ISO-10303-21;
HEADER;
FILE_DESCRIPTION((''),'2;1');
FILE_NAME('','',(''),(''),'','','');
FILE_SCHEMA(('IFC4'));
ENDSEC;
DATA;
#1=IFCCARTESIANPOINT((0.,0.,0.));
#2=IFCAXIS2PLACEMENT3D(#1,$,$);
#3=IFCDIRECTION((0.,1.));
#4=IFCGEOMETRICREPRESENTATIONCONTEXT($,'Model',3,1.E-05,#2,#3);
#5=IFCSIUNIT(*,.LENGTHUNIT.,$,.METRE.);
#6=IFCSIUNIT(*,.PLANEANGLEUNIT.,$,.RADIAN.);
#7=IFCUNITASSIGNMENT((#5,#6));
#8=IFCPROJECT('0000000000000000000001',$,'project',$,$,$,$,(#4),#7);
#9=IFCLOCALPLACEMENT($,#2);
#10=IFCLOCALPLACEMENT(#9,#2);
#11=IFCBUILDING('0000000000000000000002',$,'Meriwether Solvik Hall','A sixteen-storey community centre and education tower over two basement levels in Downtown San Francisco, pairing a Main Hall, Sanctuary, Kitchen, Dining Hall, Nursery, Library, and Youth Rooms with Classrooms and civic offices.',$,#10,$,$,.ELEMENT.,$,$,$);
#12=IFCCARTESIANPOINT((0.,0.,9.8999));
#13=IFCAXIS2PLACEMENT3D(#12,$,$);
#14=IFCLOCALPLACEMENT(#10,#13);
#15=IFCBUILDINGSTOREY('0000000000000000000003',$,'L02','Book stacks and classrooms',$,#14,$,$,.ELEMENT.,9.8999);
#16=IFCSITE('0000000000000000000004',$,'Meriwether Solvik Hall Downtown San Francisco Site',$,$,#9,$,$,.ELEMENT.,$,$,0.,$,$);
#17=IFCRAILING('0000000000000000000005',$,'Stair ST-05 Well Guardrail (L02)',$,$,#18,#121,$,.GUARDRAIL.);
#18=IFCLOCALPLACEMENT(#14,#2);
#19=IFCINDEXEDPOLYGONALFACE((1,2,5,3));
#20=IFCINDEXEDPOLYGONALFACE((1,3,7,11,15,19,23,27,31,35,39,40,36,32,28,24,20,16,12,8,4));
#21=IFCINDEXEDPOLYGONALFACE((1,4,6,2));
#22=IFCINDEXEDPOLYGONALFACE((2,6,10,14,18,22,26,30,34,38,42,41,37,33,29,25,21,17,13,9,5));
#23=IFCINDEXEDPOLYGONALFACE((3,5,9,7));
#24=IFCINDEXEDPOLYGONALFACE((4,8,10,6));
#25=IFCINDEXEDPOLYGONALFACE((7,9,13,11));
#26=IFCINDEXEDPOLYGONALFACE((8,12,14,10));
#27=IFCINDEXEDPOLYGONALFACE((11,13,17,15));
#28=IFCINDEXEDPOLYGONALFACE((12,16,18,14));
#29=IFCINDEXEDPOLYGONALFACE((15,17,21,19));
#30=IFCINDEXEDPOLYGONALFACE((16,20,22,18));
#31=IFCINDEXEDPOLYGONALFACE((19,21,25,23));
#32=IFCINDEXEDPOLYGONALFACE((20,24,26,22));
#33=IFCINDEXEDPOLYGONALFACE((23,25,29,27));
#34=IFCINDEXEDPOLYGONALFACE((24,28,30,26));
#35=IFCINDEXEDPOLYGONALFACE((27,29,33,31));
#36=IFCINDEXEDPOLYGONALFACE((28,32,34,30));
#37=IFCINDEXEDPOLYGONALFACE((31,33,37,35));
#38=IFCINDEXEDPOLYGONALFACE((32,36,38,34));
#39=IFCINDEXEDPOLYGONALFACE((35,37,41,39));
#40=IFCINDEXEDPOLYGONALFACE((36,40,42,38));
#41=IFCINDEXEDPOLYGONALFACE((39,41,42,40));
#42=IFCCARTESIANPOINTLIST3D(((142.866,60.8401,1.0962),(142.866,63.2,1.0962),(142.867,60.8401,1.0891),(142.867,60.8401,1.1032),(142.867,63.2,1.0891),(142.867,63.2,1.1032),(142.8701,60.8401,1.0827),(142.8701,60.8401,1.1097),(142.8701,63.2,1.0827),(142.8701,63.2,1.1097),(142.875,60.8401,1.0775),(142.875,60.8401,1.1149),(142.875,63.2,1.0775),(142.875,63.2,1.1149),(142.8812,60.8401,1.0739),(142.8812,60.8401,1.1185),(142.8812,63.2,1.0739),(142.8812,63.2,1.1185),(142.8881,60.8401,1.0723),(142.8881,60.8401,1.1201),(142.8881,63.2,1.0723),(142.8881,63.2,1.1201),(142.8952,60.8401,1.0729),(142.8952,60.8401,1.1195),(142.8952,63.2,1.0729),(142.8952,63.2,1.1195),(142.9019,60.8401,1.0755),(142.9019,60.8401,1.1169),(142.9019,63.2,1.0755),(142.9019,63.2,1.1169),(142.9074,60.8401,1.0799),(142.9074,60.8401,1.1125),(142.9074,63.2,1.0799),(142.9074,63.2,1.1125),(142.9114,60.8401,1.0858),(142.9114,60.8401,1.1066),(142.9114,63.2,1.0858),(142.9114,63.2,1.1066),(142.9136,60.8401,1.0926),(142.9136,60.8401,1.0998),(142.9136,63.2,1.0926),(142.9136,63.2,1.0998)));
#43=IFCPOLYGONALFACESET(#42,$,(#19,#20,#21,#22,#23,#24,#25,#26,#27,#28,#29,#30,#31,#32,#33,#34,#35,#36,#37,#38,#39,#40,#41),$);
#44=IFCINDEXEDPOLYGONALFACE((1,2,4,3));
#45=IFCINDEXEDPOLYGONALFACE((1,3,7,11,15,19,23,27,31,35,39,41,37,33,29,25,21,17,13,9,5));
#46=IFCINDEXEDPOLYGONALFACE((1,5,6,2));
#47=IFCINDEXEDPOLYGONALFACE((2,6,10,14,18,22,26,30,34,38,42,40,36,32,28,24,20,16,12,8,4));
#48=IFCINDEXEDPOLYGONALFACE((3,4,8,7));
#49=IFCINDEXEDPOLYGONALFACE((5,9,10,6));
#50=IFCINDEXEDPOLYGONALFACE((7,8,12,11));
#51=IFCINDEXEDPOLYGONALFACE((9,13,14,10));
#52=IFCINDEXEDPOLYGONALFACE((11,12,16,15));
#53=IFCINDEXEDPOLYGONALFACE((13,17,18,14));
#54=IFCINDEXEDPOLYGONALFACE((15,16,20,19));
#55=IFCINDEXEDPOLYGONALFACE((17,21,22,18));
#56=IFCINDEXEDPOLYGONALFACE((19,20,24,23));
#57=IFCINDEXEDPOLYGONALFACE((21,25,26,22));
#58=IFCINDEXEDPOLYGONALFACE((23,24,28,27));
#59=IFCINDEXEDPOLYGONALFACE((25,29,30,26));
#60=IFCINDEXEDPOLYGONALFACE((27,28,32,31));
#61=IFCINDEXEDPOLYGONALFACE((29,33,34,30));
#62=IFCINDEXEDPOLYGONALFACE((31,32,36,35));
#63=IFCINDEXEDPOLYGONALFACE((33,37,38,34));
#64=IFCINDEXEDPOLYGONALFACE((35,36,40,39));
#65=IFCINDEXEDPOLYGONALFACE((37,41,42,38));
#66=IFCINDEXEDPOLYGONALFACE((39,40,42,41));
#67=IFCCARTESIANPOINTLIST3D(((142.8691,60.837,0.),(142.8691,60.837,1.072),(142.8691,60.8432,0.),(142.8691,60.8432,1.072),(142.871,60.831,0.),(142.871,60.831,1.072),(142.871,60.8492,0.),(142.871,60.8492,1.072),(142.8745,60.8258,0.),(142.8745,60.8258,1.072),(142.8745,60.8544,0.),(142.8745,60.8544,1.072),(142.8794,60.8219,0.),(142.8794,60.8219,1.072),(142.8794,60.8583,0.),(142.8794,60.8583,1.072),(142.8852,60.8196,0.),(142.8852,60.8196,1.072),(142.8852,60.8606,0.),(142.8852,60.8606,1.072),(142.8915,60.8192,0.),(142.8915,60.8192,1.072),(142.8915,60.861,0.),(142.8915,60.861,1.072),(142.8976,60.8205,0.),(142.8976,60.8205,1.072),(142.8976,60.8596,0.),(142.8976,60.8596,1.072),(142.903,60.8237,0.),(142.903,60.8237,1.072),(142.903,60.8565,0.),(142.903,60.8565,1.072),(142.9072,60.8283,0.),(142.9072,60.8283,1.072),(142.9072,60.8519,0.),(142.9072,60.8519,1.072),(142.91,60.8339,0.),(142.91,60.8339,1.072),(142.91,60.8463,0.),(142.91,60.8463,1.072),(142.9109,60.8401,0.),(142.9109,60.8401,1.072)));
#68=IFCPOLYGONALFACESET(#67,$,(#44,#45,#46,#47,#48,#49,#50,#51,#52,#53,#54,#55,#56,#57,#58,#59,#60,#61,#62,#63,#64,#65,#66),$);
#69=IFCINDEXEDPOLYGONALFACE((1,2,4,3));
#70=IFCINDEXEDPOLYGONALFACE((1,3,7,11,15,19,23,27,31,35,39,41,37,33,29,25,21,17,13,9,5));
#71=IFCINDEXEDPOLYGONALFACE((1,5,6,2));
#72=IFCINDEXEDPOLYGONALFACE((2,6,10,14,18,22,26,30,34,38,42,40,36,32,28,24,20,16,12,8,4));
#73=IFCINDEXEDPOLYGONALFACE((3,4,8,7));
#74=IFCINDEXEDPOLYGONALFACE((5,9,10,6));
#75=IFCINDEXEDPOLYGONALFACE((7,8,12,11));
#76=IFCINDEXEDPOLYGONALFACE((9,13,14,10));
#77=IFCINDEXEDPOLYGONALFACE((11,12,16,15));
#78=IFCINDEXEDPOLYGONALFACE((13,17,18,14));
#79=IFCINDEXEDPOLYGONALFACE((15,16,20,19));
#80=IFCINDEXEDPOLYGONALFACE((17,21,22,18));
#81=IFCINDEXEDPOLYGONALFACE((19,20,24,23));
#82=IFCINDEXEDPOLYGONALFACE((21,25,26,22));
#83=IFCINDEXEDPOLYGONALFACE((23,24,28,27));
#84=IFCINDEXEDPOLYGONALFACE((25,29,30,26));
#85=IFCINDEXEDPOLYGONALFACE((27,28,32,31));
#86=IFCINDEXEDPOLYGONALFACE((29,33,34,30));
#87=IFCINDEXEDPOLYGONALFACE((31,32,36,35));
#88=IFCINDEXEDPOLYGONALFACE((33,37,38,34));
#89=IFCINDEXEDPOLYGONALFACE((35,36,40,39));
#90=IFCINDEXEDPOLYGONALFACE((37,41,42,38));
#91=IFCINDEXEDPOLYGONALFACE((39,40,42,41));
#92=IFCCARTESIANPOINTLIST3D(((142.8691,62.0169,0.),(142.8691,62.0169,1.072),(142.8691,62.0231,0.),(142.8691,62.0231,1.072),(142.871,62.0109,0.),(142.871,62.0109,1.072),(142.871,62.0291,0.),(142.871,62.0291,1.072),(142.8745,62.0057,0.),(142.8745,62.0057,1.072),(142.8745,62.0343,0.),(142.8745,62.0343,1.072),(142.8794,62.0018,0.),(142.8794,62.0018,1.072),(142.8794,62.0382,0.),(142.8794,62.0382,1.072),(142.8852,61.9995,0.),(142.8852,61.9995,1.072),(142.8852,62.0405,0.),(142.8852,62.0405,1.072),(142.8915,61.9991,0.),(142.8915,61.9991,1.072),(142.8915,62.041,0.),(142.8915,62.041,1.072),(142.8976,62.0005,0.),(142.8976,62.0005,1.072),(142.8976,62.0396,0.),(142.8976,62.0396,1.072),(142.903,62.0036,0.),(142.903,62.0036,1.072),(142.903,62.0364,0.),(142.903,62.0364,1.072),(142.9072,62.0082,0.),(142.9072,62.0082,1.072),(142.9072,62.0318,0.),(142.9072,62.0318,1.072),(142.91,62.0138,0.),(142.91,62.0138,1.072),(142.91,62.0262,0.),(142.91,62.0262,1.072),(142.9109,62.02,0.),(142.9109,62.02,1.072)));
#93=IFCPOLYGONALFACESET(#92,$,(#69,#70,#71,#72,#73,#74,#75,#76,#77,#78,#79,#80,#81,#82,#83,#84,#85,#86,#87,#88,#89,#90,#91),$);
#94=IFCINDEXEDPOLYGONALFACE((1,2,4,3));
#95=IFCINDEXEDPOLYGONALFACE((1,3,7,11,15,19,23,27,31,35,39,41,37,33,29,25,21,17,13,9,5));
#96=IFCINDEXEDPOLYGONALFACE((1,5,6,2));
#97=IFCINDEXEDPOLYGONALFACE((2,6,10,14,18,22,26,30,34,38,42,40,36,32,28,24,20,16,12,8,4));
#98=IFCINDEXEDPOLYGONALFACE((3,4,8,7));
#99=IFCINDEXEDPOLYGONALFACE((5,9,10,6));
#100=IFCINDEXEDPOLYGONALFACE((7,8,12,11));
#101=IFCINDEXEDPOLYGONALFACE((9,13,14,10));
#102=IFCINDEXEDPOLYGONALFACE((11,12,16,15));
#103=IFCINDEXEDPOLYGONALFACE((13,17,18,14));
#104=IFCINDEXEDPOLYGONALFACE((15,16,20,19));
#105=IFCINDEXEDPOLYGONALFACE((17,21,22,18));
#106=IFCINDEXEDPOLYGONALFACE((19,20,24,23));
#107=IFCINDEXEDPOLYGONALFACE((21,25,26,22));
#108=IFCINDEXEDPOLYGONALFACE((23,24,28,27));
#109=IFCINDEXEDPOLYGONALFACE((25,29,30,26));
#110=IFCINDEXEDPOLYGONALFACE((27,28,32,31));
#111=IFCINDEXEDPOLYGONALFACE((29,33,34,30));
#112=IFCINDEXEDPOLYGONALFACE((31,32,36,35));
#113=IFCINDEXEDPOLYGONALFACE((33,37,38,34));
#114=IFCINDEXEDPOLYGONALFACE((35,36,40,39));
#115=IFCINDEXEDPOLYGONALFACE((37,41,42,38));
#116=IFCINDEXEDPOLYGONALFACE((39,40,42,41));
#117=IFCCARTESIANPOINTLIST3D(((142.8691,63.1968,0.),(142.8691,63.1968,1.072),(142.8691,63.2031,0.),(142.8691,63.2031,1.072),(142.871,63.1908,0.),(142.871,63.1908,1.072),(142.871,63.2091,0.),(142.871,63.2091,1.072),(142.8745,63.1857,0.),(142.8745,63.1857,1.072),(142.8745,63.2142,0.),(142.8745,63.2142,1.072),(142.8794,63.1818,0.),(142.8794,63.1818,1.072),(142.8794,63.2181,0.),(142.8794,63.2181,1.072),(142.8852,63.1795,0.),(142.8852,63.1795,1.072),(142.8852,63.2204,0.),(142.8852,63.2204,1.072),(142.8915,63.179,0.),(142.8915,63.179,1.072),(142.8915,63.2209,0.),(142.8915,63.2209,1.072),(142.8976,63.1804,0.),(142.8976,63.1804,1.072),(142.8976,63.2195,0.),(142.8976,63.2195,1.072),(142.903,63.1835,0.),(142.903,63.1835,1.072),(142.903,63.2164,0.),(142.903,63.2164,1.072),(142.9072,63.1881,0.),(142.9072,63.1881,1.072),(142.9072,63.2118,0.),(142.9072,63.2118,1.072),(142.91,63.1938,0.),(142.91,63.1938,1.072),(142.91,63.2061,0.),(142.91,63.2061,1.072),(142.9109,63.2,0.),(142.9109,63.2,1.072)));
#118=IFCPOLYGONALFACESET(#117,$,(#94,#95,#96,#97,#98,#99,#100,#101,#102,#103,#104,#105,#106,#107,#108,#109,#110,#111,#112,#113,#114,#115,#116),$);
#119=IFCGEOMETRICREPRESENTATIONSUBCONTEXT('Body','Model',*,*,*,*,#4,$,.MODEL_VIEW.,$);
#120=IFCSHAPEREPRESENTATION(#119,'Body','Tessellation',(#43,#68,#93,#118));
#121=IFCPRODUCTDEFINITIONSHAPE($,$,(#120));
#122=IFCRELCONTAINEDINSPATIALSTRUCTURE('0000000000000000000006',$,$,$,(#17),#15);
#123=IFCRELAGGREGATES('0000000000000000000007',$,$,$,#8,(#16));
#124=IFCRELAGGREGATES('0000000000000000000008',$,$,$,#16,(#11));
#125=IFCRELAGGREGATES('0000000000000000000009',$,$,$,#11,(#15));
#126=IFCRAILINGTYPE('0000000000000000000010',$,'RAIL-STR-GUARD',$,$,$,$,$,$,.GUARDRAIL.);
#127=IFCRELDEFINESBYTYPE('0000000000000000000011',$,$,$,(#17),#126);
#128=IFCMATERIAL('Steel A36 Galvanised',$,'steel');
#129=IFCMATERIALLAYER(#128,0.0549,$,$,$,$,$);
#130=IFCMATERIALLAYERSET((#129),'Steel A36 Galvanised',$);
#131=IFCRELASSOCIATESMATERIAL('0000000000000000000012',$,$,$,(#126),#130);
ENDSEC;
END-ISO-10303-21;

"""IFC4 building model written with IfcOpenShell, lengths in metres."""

from ifc_helpers import new_model, si_unit, direction, frame, origin, origin_2d, place, context, subcontext, project, spatial, circle, extrude, material, layer, layer_set, type_object, element, save


model = new_model("IFC4")

# Units and contexts
model_context = context("Model", 3, precision=1e-05, world=origin(), true_north=direction((0.0, 1.0)))
body_context = subcontext(model_context, "Body", "Model", "MODEL_VIEW")
ifc_project = project(units=[si_unit("LENGTHUNIT", "METRE"), si_unit("PLANEANGLEUNIT", "RADIAN")], contexts=[model_context])

# Site, building, storey
site_placement = place(None, origin())
site = spatial("IfcSite", under=ifc_project, at=site_placement, Name="Meriwether Solvik Hall Downtown San Francisco Site", CompositionType="ELEMENT", RefElevation=0.0)
building_placement = place(site_placement, origin())
building = spatial("IfcBuilding", under=site, at=building_placement, Name="Meriwether Solvik Hall", Description="A sixteen-storey community centre and education tower over two basement levels in Downtown San Francisco, pairing a Main Hall, Sanctuary, Kitchen, Dining Hall, Nursery, Library, and Youth Rooms with Classrooms and civic offices.", CompositionType="ELEMENT")
storey_placement = place(building_placement, frame((0.0, 0.0, 9.8999)))
storey = spatial("IfcBuildingStorey", under=building, at=storey_placement, Name="L02", Description="Book stacks and classrooms", CompositionType="ELEMENT", Elevation=9.8999)

# Railing
ifc_material_1 = material(Name="Steel A36 Galvanised", Category="steel")
ifc_layer_1 = layer(ifc_material_1, 0.0549)
ifc_layer_set_1 = layer_set([ifc_layer_1], Name="Steel A36 Galvanised")
railing_type_1 = type_object("IfcRailingType", Name="RAIL-STR-GUARD", PredefinedType="GUARDRAIL", material=ifc_layer_set_1)
railing_1_placement = place(storey_placement, frame((142.8899, 60.8401, 0.0)))
element("IfcRailing", 1, at=railing_1_placement, inside=storey, type_object=railing_type_1, Name="Stair ST-05 Well Guardrail (L02)", PredefinedType="GUARDRAIL", context=body_context, shape_type="SweptSolid", body=[
    extrude(circle(Radius=0.0239, at=origin_2d()), frame((0.0, 0.0, 1.0962), z_axis=(0.0, 1.0, 0.0), x_axis=(-1.0, 0.0, 0.0)), (0.0, 0.0, 1.0), 2.3599),
    extrude(circle(Radius=0.021, at=origin_2d()), origin(), (0.0, 0.0, 1.0), 1.072),
    extrude(circle(Radius=0.021, at=origin_2d()), frame((0.0, 1.1799, 0.0)), (0.0, 0.0, 1.0), 1.072),
    extrude(circle(Radius=0.021, at=origin_2d()), frame((0.0, 2.3599, 0.0)), (0.0, 0.0, 1.0), 1.072),
])

save(model, "model.ifc")
